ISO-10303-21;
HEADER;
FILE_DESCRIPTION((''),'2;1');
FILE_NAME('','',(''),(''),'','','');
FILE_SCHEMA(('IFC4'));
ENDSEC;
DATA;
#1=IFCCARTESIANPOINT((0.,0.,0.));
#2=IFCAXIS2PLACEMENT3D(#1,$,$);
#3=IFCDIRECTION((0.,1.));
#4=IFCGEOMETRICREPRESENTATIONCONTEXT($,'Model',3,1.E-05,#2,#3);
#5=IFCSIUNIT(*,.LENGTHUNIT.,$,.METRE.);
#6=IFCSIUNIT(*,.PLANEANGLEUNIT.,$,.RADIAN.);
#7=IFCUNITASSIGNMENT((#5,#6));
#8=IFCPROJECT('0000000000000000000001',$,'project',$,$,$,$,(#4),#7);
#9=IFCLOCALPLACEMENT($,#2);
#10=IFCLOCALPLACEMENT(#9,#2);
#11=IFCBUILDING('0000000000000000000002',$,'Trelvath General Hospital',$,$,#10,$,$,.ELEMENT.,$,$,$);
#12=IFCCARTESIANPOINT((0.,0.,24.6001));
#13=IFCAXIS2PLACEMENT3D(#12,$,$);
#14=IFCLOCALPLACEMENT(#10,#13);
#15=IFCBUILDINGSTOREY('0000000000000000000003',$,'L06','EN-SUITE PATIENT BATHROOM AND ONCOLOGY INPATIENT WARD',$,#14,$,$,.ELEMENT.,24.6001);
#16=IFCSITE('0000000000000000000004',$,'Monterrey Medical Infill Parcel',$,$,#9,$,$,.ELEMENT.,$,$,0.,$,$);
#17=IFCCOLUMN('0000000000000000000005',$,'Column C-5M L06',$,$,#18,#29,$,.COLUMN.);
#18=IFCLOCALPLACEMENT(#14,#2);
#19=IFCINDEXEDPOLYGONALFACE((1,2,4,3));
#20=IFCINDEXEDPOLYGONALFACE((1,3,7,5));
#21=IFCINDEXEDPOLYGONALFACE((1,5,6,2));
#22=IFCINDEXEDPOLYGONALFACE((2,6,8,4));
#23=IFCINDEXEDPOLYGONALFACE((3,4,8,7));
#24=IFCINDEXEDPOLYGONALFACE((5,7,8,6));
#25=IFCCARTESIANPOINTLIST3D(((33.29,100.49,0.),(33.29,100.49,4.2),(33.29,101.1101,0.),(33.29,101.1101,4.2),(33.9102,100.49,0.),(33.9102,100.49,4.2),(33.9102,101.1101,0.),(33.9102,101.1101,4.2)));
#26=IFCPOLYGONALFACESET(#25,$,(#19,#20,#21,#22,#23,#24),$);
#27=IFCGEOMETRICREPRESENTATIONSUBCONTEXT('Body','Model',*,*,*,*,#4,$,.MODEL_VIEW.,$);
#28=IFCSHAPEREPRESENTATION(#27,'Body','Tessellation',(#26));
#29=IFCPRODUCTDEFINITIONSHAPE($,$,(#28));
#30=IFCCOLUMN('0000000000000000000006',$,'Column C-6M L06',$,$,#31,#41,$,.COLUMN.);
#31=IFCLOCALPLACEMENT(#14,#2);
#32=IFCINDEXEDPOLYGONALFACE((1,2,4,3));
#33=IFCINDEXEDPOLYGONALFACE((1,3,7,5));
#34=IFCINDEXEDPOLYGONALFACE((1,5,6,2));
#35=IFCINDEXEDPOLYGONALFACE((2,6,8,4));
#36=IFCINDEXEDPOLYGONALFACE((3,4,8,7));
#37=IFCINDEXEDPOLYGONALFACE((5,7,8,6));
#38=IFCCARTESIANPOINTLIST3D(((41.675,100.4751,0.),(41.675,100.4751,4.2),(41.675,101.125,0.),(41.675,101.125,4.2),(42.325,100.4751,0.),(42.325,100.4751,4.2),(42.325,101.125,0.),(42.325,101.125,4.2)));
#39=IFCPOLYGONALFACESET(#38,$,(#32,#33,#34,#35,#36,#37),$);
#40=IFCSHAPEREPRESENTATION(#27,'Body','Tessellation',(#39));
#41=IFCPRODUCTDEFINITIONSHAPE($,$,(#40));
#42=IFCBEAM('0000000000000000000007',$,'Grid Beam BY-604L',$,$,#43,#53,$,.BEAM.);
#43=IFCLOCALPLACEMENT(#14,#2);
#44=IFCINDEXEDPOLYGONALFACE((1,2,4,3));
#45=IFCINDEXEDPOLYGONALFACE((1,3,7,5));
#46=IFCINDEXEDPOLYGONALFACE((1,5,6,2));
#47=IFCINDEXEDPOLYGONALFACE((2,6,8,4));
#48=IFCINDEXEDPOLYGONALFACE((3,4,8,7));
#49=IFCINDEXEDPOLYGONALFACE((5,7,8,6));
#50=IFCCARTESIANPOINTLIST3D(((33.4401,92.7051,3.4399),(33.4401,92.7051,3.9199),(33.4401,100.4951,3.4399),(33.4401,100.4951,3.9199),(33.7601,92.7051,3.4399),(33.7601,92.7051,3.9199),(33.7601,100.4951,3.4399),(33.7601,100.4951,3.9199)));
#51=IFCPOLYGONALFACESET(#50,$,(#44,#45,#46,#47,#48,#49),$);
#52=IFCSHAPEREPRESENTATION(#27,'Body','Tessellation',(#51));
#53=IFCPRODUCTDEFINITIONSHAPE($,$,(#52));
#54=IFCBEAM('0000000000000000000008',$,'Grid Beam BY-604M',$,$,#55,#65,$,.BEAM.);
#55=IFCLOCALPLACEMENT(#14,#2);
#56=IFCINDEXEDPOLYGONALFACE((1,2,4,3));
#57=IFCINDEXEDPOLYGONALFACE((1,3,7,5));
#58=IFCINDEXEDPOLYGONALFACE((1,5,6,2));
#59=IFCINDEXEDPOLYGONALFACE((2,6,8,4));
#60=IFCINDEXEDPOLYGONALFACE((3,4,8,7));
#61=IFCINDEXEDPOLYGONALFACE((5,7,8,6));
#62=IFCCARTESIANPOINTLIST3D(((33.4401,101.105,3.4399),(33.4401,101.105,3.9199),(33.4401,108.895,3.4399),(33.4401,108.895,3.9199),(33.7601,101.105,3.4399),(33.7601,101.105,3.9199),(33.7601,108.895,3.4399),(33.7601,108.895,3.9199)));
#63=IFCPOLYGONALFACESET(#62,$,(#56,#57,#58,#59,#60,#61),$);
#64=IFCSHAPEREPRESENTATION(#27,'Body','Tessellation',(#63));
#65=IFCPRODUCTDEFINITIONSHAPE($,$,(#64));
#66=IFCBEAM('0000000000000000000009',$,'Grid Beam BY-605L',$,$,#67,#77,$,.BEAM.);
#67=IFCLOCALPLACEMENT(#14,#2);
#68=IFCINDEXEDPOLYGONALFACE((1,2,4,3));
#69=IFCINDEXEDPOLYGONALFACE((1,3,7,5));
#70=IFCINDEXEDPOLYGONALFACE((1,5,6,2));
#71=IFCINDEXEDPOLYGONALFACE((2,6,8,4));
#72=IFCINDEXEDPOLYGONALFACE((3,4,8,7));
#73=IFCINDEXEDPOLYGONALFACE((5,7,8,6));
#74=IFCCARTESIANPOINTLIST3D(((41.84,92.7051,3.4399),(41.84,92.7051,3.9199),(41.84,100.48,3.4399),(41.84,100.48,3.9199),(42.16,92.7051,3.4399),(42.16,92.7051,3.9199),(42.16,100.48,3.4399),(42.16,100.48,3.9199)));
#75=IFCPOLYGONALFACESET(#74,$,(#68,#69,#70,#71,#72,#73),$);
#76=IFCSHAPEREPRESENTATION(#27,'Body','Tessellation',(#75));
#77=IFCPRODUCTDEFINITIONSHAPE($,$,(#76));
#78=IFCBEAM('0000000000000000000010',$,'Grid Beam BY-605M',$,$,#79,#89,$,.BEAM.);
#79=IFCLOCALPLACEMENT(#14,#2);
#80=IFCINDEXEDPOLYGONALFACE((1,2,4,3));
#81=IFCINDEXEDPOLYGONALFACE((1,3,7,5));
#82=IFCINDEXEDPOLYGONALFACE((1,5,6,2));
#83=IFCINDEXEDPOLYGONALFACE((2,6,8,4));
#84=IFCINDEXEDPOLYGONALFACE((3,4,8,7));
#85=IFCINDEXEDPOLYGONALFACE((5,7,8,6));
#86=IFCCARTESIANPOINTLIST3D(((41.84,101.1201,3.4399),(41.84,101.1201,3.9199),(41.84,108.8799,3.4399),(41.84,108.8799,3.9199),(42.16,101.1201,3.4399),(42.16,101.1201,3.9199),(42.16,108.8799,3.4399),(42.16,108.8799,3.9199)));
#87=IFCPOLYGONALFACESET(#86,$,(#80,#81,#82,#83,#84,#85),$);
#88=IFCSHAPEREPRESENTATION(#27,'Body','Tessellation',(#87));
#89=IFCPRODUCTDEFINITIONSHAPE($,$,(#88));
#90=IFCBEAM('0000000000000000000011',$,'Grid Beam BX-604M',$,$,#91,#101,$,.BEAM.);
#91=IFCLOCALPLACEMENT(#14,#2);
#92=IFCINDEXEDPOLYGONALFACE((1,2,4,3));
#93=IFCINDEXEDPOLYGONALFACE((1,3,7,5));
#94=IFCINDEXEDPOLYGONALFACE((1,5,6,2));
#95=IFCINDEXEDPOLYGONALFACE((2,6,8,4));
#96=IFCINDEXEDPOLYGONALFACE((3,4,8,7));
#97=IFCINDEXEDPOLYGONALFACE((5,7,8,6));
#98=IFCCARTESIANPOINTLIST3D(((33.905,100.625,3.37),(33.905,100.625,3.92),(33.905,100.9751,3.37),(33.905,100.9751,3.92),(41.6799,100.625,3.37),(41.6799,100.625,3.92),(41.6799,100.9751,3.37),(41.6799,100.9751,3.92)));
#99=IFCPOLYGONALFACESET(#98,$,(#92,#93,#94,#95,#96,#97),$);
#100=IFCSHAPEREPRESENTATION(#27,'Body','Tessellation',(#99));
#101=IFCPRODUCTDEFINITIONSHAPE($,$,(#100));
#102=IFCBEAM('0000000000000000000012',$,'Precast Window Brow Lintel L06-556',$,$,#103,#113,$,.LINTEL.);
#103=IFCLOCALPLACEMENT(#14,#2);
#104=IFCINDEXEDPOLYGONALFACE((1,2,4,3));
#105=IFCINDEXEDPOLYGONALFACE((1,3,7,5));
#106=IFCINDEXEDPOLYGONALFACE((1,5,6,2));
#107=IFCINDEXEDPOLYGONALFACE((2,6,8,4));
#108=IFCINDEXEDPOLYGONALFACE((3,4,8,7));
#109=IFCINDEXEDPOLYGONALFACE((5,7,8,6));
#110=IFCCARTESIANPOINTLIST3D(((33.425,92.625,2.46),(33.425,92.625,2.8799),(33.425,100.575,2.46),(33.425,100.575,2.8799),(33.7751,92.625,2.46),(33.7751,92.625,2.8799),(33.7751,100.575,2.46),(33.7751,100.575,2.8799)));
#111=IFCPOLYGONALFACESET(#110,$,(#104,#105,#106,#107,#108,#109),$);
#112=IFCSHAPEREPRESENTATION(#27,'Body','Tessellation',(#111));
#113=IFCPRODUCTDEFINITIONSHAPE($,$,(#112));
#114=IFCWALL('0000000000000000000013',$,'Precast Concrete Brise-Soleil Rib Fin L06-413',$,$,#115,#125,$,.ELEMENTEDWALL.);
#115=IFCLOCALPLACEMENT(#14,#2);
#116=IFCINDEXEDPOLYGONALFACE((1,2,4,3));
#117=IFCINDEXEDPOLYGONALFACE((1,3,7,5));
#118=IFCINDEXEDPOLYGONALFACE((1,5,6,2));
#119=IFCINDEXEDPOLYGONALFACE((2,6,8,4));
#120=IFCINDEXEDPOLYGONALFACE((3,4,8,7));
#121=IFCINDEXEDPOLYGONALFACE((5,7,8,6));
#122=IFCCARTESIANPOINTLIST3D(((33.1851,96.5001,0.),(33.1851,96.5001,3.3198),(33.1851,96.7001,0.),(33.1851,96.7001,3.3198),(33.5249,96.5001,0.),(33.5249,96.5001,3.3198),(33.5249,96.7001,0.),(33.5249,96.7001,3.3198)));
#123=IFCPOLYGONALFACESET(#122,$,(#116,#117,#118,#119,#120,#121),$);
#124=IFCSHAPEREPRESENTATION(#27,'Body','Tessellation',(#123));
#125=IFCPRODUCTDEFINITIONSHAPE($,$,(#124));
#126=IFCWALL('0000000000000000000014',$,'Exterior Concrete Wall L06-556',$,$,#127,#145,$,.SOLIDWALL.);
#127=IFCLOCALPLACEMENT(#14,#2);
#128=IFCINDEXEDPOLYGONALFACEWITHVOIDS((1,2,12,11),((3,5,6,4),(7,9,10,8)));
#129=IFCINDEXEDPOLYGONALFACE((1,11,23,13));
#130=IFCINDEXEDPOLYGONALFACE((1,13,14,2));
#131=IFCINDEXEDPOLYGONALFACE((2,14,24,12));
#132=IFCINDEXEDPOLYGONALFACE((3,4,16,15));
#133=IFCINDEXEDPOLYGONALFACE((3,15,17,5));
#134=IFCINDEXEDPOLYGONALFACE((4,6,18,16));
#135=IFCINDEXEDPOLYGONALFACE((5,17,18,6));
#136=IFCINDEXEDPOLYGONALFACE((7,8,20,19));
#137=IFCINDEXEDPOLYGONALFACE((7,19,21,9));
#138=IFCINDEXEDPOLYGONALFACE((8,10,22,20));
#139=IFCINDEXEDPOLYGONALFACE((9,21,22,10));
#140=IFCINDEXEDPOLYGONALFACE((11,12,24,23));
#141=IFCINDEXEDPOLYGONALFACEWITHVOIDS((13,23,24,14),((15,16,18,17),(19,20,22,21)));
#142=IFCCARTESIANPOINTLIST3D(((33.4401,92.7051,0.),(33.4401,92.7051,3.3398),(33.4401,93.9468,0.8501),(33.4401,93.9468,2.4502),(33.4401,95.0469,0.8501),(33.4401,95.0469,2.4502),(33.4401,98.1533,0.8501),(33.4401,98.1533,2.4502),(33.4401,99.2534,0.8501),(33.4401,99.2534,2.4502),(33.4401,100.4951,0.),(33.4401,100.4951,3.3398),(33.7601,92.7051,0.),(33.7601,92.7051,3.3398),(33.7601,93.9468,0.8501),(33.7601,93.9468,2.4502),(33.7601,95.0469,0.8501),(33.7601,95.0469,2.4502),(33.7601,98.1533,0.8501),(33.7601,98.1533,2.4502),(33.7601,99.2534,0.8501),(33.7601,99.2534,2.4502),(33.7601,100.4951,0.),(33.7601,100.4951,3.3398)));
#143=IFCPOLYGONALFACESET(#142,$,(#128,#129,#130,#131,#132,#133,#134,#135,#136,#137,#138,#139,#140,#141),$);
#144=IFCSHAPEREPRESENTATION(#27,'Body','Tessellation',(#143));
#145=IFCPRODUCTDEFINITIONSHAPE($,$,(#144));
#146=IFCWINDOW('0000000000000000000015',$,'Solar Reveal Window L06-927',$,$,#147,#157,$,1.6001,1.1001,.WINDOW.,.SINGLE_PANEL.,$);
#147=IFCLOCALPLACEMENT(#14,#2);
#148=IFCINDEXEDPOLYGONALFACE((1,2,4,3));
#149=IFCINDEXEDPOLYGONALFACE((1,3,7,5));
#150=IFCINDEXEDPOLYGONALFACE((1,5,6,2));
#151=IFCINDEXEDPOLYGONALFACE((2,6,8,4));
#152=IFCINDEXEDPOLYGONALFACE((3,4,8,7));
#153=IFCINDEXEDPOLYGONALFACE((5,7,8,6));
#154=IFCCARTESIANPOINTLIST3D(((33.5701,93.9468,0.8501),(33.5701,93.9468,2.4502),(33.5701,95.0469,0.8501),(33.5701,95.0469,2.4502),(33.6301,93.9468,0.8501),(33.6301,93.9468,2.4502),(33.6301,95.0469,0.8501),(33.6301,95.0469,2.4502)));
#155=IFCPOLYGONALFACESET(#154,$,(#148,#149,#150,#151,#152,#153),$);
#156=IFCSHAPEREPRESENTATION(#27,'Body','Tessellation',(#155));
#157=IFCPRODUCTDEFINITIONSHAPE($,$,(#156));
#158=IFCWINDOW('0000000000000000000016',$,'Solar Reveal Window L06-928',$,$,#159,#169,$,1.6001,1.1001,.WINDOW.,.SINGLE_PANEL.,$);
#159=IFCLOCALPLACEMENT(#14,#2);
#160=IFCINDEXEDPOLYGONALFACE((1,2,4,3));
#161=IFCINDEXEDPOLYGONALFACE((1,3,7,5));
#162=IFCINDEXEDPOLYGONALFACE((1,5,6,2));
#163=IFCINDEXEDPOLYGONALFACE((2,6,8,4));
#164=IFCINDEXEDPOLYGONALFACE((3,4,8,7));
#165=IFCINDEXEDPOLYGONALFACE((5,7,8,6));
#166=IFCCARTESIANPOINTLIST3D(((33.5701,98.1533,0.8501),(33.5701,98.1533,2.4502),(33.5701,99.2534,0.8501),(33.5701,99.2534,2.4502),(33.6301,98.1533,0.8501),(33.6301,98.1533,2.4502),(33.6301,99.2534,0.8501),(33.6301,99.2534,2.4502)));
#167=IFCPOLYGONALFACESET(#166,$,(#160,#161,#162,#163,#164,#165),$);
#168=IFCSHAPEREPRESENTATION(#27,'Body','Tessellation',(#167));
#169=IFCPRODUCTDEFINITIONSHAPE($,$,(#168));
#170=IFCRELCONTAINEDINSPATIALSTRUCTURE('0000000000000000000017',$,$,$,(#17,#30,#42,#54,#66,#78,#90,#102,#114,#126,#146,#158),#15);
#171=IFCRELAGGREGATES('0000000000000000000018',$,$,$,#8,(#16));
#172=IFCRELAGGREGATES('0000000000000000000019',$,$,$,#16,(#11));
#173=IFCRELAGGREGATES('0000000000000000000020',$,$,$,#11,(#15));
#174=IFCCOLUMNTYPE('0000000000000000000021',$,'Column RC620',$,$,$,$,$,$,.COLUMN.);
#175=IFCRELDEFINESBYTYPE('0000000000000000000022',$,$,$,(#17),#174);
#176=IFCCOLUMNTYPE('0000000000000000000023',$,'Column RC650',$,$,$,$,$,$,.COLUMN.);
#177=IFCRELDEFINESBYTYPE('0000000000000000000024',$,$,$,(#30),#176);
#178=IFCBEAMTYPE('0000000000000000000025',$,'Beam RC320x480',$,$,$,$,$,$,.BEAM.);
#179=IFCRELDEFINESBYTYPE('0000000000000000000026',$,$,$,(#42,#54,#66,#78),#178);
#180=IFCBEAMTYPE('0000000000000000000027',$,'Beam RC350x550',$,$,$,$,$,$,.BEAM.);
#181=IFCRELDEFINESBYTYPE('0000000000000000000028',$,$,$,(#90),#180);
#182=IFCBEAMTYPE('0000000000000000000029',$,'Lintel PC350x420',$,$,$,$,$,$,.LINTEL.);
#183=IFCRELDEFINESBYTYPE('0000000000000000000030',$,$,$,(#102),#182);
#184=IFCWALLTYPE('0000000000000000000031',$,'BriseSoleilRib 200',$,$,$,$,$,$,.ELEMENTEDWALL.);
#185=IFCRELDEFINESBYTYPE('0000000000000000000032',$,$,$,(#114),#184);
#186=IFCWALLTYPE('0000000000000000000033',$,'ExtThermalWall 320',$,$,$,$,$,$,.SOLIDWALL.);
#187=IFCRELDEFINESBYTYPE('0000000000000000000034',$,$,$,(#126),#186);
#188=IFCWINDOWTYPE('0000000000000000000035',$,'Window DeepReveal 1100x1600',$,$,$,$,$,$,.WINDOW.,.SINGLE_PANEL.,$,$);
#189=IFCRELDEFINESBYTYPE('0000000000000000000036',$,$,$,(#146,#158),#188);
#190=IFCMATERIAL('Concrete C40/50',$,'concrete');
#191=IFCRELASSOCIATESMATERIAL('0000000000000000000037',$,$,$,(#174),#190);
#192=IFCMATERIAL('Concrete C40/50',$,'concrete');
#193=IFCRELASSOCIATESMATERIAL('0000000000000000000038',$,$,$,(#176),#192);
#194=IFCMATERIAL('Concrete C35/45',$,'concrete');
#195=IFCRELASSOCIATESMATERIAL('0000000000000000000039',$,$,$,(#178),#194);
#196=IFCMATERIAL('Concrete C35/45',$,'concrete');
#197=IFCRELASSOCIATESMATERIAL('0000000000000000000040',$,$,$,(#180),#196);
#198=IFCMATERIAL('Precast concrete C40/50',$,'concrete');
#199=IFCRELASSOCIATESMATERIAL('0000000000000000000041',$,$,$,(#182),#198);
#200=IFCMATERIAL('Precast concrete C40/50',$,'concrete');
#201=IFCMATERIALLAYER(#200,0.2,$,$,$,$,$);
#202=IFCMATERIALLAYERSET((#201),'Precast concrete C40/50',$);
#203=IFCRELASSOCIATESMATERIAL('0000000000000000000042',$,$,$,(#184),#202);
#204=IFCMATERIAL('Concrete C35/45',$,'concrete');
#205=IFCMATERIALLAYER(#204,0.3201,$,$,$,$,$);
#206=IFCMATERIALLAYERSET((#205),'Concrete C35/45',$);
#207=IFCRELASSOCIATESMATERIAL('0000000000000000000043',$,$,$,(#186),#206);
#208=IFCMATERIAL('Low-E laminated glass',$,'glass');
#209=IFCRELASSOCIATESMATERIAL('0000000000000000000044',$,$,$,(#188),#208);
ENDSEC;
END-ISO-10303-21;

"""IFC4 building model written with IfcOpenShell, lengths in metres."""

from ifc_helpers import new_model, si_unit, direction, frame, frame_2d, origin, origin_2d, place, context, subcontext, project, spatial, rectangle, extrude, material, layer, layer_set, material_profile, profile_set, type_object, element, fill, save


model = new_model("IFC4")

# Units and contexts
model_context = context("Model", 3, precision=1e-05, world=origin(), true_north=direction((0.0, 1.0)))
body_context = subcontext(model_context, "Body", "Model", "MODEL_VIEW")
ifc_project = project(units=[si_unit("LENGTHUNIT", "METRE"), si_unit("PLANEANGLEUNIT", "RADIAN")], contexts=[model_context])

# Site, building, storey
site_placement = place(None, origin())
site = spatial("IfcSite", under=ifc_project, at=site_placement, Name="Monterrey Medical Infill Parcel", CompositionType="ELEMENT", RefElevation=0.0)
building_placement = place(site_placement, origin())
building = spatial("IfcBuilding", under=site, at=building_placement, Name="Trelvath General Hospital", CompositionType="ELEMENT")
storey_placement = place(building_placement, frame((0.0, 0.0, 24.6001)))
storey = spatial("IfcBuildingStorey", under=building, at=storey_placement, Name="L06", Description="EN-SUITE PATIENT BATHROOM AND ONCOLOGY INPATIENT WARD", CompositionType="ELEMENT", Elevation=24.6001)

# Columns
ifc_material_1 = material(Name="Concrete C40/50", Category="concrete")
ifc_material_profile_1 = material_profile(ifc_material_1, rectangle(XDim=0.6201, YDim=0.6201, at=origin_2d()), Name="RC620x620")
ifc_profile_set_1 = profile_set([ifc_material_profile_1], Name="Concrete C40/50")
column_type_1 = type_object("IfcColumnType", Name="Column RC620", PredefinedType="COLUMN", material=ifc_profile_set_1)
column_1_placement = place(storey_placement, frame((33.6001, 100.8, 0.0), z_axis=(0.0, 0.0, 1.0), x_axis=(1.0, 0.0, 0.0)))
element("IfcColumn", 1, at=column_1_placement, inside=storey, type_object=column_type_1, Name="Column C-5M L06", PredefinedType="COLUMN", context=body_context, shape_type="SweptSolid", body=[
    extrude(rectangle(XDim=0.6201, YDim=0.6201, at=origin_2d()), origin(), (0.0, 0.0, 1.0), 4.2),
])
ifc_material_2 = material(Name="Concrete C40/50", Category="concrete")
ifc_material_profile_2 = material_profile(ifc_material_2, rectangle(XDim=0.6499, YDim=0.6499, at=origin_2d()), Name="RC650x650")
ifc_profile_set_2 = profile_set([ifc_material_profile_2], Name="Concrete C40/50")
column_type_2 = type_object("IfcColumnType", Name="Column RC650", PredefinedType="COLUMN", material=ifc_profile_set_2)
column_2_placement = place(storey_placement, frame((42.0, 100.8, 0.0), z_axis=(0.0, 0.0, 1.0), x_axis=(1.0, 0.0, 0.0)))
element("IfcColumn", 2, at=column_2_placement, inside=storey, type_object=column_type_2, Name="Column C-6M L06", PredefinedType="COLUMN", context=body_context, shape_type="SweptSolid", body=[
    extrude(rectangle(XDim=0.6499, YDim=0.6499, at=origin_2d()), origin(), (0.0, 0.0, 1.0), 4.2),
])

# Beams
ifc_material_3 = material(Name="Concrete C35/45", Category="concrete")
ifc_material_profile_3 = material_profile(ifc_material_3, rectangle(XDim=0.3201, YDim=0.48, at=origin_2d()), Name="RCB320x480")
ifc_profile_set_3 = profile_set([ifc_material_profile_3], Name="Concrete C35/45")
beam_type_1 = type_object("IfcBeamType", Name="Beam RC320x480", PredefinedType="BEAM", material=ifc_profile_set_3)
for number, where, z_axis, x_axis, name in (
    (3, (33.6001, 92.7051, 3.6799), (0.0, 1.0, 0.0), (-1.0, 0.0, 0.0), "Grid Beam BY-604L"),
    (4, (33.6001, 101.105, 3.6799), (0.0, 1.0, 0.0), (-1.0, 0.0, 0.0), "Grid Beam BY-604M"),
):
    element("IfcBeam", number, at=place(storey_placement, frame(where, z_axis=z_axis, x_axis=x_axis)), inside=storey, type_object=beam_type_1, Name=name, PredefinedType="BEAM", context=body_context, shape_type="SweptSolid", body=[
        extrude(rectangle(XDim=0.3201, YDim=0.48, at=origin_2d()), origin(), (0.0, 0.0, 1.0), 7.79),
    ])
beam_1_placement = place(storey_placement, frame((42.0, 92.7051, 3.6799), z_axis=(0.0, 1.0, 0.0), x_axis=(-1.0, 0.0, 0.0)))
element("IfcBeam", 5, at=beam_1_placement, inside=storey, type_object=beam_type_1, Name="Grid Beam BY-605L", PredefinedType="BEAM", context=body_context, shape_type="SweptSolid", body=[
    extrude(rectangle(XDim=0.3201, YDim=0.48, at=origin_2d()), origin(), (0.0, 0.0, 1.0), 7.7749),
])
beam_2_placement = place(storey_placement, frame((42.0, 101.1201, 3.6799), z_axis=(0.0, 1.0, 0.0), x_axis=(-1.0, 0.0, 0.0)))
element("IfcBeam", 6, at=beam_2_placement, inside=storey, type_object=beam_type_1, Name="Grid Beam BY-605M", PredefinedType="BEAM", context=body_context, shape_type="SweptSolid", body=[
    extrude(rectangle(XDim=0.3201, YDim=0.48, at=origin_2d()), origin(), (0.0, 0.0, 1.0), 7.7598),
])
ifc_material_4 = material(Name="Concrete C35/45", Category="concrete")
ifc_material_profile_4 = material_profile(ifc_material_4, rectangle(XDim=0.3501, YDim=0.55, at=origin_2d()), Name="RCB350x550")
ifc_profile_set_4 = profile_set([ifc_material_profile_4], Name="Concrete C35/45")
beam_type_2 = type_object("IfcBeamType", Name="Beam RC350x550", PredefinedType="BEAM", material=ifc_profile_set_4)
beam_3_placement = place(storey_placement, frame((33.905, 100.8, 3.645), z_axis=(1.0, 0.0, 0.0), x_axis=(0.0, 1.0, 0.0)))
element("IfcBeam", 7, at=beam_3_placement, inside=storey, type_object=beam_type_2, Name="Grid Beam BX-604M", PredefinedType="BEAM", context=body_context, shape_type="SweptSolid", body=[
    extrude(rectangle(XDim=0.3501, YDim=0.55, at=origin_2d()), origin(), (0.0, 0.0, 1.0), 7.7749),
])
ifc_material_5 = material(Name="Precast concrete C40/50", Category="concrete")
ifc_material_profile_5 = material_profile(ifc_material_5, rectangle(XDim=0.3501, YDim=0.4199, at=origin_2d()), Name="PCL350x420")
ifc_profile_set_5 = profile_set([ifc_material_profile_5], Name="Precast concrete C40/50")
beam_type_3 = type_object("IfcBeamType", Name="Lintel PC350x420", PredefinedType="LINTEL", material=ifc_profile_set_5)
beam_4_placement = place(storey_placement, frame((33.6001, 92.625, 2.6699), z_axis=(0.0, 1.0, 0.0), x_axis=(-1.0, 0.0, 0.0)))
element("IfcBeam", 8, at=beam_4_placement, inside=storey, type_object=beam_type_3, Name="Precast Window Brow Lintel L06-556", PredefinedType="LINTEL", context=body_context, shape_type="SweptSolid", body=[
    extrude(rectangle(XDim=0.3501, YDim=0.4199, at=origin_2d()), origin(), (0.0, 0.0, 1.0), 7.95),
])

# Wall
ifc_material_6 = material(Name="Precast concrete C40/50", Category="concrete")
ifc_layer_1 = layer(ifc_material_6, 0.2)
ifc_layer_set_1 = layer_set([ifc_layer_1], Name="Precast concrete C40/50")
wall_type_1 = type_object("IfcWallType", Name="BriseSoleilRib 200", PredefinedType="ELEMENTEDWALL", material=ifc_layer_set_1)
wall_1_placement = place(storey_placement, frame((33.5249, 96.6001, 0.0), z_axis=(0.0, 0.0, 1.0), x_axis=(-1.0, 0.0, 0.0)))
element("IfcWall", 9, at=wall_1_placement, inside=storey, type_object=wall_type_1, Name="Precast Concrete Brise-Soleil Rib Fin L06-413", PredefinedType="ELEMENTEDWALL", context=body_context, shape_type="SweptSolid", body=[
    extrude(rectangle(XDim=0.3398, YDim=0.2, at=frame_2d((0.1699, 0.0))), origin(), (0.0, 0.0, 1.0), 3.3198),
])

# Wall, openings, windows
ifc_material_7 = material(Name="Concrete C35/45", Category="concrete")
ifc_layer_2 = layer(ifc_material_7, 0.3201)
ifc_layer_set_2 = layer_set([ifc_layer_2], Name="Concrete C35/45")
wall_type_2 = type_object("IfcWallType", Name="ExtThermalWall 320", PredefinedType="SOLIDWALL", material=ifc_layer_set_2)
wall_2_placement = place(storey_placement, frame((33.6001, 92.7051, 0.0), z_axis=(0.0, 0.0, 1.0), x_axis=(0.0, 1.0, 0.0)))
wall_2 = element("IfcWall", 10, at=wall_2_placement, inside=storey, type_object=wall_type_2, Name="Exterior Concrete Wall L06-556", PredefinedType="SOLIDWALL", context=body_context, shape_type="SweptSolid", body=[
    extrude(rectangle(XDim=7.79, YDim=0.3201, at=frame_2d((3.895, 0.0))), origin(), (0.0, 0.0, 1.0), 3.3398),
])
opening_1_placement = place(wall_2_placement, frame((1.2417, 0.0, 0.8501)))
opening_1 = element("IfcOpeningElement", 11, at=opening_1_placement, cuts=wall_2, PredefinedType="OPENING", context=body_context, shape_type="SweptSolid", body=[
    extrude(rectangle(XDim=1.1001, YDim=1.6001, at=frame_2d((0.55, 0.8))), frame((0.0, 0.1699, 0.0), z_axis=(0.0, -1.0, 0.0), x_axis=(1.0, 0.0, 0.0)), (0.0, 0.0, 1.0), 0.3401),
])
opening_2_placement = place(wall_2_placement, frame((5.4482, 0.0, 0.8501)))
opening_2 = element("IfcOpeningElement", 12, at=opening_2_placement, cuts=wall_2, PredefinedType="OPENING", context=body_context, shape_type="SweptSolid", body=[
    extrude(rectangle(XDim=1.1001, YDim=1.6001, at=frame_2d((0.55, 0.8))), frame((0.0, 0.1699, 0.0), z_axis=(0.0, -1.0, 0.0), x_axis=(1.0, 0.0, 0.0)), (0.0, 0.0, 1.0), 0.3401),
])
ifc_material_8 = material(Name="Low-E laminated glass", Category="glass")
window_type_1 = type_object("IfcWindowType", Name="Window DeepReveal 1100x1600", PartitioningType="SINGLE_PANEL", PredefinedType="WINDOW", material=ifc_material_8)
window_1_placement = place(opening_1_placement, origin())
window_1 = element("IfcWindow", 13, at=window_1_placement, inside=storey, type_object=window_type_1, Name="Solar Reveal Window L06-927", OverallHeight=1.6001, OverallWidth=1.1001, PartitioningType="SINGLE_PANEL", PredefinedType="WINDOW", context=body_context, shape_type="SweptSolid", body=[
    extrude(rectangle(XDim=1.1001, YDim=1.6001, at=frame_2d((0.55, 0.8))), frame((0.0, 0.03, 0.0), z_axis=(0.0, -1.0, 0.0), x_axis=(1.0, 0.0, 0.0)), (0.0, 0.0, 1.0), 0.0601),
])
fill(opening_1, window_1)
window_2_placement = place(opening_2_placement, origin())
window_2 = element("IfcWindow", 14, at=window_2_placement, inside=storey, type_object=window_type_1, Name="Solar Reveal Window L06-928", OverallHeight=1.6001, OverallWidth=1.1001, PartitioningType="SINGLE_PANEL", PredefinedType="WINDOW", context=body_context, shape_type="SweptSolid", body=[
    extrude(rectangle(XDim=1.1001, YDim=1.6001, at=frame_2d((0.55, 0.8))), frame((0.0, 0.03, 0.0), z_axis=(0.0, -1.0, 0.0), x_axis=(1.0, 0.0, 0.0)), (0.0, 0.0, 1.0), 0.0601),
])
fill(opening_2, window_2)

save(model, "model.ifc")
